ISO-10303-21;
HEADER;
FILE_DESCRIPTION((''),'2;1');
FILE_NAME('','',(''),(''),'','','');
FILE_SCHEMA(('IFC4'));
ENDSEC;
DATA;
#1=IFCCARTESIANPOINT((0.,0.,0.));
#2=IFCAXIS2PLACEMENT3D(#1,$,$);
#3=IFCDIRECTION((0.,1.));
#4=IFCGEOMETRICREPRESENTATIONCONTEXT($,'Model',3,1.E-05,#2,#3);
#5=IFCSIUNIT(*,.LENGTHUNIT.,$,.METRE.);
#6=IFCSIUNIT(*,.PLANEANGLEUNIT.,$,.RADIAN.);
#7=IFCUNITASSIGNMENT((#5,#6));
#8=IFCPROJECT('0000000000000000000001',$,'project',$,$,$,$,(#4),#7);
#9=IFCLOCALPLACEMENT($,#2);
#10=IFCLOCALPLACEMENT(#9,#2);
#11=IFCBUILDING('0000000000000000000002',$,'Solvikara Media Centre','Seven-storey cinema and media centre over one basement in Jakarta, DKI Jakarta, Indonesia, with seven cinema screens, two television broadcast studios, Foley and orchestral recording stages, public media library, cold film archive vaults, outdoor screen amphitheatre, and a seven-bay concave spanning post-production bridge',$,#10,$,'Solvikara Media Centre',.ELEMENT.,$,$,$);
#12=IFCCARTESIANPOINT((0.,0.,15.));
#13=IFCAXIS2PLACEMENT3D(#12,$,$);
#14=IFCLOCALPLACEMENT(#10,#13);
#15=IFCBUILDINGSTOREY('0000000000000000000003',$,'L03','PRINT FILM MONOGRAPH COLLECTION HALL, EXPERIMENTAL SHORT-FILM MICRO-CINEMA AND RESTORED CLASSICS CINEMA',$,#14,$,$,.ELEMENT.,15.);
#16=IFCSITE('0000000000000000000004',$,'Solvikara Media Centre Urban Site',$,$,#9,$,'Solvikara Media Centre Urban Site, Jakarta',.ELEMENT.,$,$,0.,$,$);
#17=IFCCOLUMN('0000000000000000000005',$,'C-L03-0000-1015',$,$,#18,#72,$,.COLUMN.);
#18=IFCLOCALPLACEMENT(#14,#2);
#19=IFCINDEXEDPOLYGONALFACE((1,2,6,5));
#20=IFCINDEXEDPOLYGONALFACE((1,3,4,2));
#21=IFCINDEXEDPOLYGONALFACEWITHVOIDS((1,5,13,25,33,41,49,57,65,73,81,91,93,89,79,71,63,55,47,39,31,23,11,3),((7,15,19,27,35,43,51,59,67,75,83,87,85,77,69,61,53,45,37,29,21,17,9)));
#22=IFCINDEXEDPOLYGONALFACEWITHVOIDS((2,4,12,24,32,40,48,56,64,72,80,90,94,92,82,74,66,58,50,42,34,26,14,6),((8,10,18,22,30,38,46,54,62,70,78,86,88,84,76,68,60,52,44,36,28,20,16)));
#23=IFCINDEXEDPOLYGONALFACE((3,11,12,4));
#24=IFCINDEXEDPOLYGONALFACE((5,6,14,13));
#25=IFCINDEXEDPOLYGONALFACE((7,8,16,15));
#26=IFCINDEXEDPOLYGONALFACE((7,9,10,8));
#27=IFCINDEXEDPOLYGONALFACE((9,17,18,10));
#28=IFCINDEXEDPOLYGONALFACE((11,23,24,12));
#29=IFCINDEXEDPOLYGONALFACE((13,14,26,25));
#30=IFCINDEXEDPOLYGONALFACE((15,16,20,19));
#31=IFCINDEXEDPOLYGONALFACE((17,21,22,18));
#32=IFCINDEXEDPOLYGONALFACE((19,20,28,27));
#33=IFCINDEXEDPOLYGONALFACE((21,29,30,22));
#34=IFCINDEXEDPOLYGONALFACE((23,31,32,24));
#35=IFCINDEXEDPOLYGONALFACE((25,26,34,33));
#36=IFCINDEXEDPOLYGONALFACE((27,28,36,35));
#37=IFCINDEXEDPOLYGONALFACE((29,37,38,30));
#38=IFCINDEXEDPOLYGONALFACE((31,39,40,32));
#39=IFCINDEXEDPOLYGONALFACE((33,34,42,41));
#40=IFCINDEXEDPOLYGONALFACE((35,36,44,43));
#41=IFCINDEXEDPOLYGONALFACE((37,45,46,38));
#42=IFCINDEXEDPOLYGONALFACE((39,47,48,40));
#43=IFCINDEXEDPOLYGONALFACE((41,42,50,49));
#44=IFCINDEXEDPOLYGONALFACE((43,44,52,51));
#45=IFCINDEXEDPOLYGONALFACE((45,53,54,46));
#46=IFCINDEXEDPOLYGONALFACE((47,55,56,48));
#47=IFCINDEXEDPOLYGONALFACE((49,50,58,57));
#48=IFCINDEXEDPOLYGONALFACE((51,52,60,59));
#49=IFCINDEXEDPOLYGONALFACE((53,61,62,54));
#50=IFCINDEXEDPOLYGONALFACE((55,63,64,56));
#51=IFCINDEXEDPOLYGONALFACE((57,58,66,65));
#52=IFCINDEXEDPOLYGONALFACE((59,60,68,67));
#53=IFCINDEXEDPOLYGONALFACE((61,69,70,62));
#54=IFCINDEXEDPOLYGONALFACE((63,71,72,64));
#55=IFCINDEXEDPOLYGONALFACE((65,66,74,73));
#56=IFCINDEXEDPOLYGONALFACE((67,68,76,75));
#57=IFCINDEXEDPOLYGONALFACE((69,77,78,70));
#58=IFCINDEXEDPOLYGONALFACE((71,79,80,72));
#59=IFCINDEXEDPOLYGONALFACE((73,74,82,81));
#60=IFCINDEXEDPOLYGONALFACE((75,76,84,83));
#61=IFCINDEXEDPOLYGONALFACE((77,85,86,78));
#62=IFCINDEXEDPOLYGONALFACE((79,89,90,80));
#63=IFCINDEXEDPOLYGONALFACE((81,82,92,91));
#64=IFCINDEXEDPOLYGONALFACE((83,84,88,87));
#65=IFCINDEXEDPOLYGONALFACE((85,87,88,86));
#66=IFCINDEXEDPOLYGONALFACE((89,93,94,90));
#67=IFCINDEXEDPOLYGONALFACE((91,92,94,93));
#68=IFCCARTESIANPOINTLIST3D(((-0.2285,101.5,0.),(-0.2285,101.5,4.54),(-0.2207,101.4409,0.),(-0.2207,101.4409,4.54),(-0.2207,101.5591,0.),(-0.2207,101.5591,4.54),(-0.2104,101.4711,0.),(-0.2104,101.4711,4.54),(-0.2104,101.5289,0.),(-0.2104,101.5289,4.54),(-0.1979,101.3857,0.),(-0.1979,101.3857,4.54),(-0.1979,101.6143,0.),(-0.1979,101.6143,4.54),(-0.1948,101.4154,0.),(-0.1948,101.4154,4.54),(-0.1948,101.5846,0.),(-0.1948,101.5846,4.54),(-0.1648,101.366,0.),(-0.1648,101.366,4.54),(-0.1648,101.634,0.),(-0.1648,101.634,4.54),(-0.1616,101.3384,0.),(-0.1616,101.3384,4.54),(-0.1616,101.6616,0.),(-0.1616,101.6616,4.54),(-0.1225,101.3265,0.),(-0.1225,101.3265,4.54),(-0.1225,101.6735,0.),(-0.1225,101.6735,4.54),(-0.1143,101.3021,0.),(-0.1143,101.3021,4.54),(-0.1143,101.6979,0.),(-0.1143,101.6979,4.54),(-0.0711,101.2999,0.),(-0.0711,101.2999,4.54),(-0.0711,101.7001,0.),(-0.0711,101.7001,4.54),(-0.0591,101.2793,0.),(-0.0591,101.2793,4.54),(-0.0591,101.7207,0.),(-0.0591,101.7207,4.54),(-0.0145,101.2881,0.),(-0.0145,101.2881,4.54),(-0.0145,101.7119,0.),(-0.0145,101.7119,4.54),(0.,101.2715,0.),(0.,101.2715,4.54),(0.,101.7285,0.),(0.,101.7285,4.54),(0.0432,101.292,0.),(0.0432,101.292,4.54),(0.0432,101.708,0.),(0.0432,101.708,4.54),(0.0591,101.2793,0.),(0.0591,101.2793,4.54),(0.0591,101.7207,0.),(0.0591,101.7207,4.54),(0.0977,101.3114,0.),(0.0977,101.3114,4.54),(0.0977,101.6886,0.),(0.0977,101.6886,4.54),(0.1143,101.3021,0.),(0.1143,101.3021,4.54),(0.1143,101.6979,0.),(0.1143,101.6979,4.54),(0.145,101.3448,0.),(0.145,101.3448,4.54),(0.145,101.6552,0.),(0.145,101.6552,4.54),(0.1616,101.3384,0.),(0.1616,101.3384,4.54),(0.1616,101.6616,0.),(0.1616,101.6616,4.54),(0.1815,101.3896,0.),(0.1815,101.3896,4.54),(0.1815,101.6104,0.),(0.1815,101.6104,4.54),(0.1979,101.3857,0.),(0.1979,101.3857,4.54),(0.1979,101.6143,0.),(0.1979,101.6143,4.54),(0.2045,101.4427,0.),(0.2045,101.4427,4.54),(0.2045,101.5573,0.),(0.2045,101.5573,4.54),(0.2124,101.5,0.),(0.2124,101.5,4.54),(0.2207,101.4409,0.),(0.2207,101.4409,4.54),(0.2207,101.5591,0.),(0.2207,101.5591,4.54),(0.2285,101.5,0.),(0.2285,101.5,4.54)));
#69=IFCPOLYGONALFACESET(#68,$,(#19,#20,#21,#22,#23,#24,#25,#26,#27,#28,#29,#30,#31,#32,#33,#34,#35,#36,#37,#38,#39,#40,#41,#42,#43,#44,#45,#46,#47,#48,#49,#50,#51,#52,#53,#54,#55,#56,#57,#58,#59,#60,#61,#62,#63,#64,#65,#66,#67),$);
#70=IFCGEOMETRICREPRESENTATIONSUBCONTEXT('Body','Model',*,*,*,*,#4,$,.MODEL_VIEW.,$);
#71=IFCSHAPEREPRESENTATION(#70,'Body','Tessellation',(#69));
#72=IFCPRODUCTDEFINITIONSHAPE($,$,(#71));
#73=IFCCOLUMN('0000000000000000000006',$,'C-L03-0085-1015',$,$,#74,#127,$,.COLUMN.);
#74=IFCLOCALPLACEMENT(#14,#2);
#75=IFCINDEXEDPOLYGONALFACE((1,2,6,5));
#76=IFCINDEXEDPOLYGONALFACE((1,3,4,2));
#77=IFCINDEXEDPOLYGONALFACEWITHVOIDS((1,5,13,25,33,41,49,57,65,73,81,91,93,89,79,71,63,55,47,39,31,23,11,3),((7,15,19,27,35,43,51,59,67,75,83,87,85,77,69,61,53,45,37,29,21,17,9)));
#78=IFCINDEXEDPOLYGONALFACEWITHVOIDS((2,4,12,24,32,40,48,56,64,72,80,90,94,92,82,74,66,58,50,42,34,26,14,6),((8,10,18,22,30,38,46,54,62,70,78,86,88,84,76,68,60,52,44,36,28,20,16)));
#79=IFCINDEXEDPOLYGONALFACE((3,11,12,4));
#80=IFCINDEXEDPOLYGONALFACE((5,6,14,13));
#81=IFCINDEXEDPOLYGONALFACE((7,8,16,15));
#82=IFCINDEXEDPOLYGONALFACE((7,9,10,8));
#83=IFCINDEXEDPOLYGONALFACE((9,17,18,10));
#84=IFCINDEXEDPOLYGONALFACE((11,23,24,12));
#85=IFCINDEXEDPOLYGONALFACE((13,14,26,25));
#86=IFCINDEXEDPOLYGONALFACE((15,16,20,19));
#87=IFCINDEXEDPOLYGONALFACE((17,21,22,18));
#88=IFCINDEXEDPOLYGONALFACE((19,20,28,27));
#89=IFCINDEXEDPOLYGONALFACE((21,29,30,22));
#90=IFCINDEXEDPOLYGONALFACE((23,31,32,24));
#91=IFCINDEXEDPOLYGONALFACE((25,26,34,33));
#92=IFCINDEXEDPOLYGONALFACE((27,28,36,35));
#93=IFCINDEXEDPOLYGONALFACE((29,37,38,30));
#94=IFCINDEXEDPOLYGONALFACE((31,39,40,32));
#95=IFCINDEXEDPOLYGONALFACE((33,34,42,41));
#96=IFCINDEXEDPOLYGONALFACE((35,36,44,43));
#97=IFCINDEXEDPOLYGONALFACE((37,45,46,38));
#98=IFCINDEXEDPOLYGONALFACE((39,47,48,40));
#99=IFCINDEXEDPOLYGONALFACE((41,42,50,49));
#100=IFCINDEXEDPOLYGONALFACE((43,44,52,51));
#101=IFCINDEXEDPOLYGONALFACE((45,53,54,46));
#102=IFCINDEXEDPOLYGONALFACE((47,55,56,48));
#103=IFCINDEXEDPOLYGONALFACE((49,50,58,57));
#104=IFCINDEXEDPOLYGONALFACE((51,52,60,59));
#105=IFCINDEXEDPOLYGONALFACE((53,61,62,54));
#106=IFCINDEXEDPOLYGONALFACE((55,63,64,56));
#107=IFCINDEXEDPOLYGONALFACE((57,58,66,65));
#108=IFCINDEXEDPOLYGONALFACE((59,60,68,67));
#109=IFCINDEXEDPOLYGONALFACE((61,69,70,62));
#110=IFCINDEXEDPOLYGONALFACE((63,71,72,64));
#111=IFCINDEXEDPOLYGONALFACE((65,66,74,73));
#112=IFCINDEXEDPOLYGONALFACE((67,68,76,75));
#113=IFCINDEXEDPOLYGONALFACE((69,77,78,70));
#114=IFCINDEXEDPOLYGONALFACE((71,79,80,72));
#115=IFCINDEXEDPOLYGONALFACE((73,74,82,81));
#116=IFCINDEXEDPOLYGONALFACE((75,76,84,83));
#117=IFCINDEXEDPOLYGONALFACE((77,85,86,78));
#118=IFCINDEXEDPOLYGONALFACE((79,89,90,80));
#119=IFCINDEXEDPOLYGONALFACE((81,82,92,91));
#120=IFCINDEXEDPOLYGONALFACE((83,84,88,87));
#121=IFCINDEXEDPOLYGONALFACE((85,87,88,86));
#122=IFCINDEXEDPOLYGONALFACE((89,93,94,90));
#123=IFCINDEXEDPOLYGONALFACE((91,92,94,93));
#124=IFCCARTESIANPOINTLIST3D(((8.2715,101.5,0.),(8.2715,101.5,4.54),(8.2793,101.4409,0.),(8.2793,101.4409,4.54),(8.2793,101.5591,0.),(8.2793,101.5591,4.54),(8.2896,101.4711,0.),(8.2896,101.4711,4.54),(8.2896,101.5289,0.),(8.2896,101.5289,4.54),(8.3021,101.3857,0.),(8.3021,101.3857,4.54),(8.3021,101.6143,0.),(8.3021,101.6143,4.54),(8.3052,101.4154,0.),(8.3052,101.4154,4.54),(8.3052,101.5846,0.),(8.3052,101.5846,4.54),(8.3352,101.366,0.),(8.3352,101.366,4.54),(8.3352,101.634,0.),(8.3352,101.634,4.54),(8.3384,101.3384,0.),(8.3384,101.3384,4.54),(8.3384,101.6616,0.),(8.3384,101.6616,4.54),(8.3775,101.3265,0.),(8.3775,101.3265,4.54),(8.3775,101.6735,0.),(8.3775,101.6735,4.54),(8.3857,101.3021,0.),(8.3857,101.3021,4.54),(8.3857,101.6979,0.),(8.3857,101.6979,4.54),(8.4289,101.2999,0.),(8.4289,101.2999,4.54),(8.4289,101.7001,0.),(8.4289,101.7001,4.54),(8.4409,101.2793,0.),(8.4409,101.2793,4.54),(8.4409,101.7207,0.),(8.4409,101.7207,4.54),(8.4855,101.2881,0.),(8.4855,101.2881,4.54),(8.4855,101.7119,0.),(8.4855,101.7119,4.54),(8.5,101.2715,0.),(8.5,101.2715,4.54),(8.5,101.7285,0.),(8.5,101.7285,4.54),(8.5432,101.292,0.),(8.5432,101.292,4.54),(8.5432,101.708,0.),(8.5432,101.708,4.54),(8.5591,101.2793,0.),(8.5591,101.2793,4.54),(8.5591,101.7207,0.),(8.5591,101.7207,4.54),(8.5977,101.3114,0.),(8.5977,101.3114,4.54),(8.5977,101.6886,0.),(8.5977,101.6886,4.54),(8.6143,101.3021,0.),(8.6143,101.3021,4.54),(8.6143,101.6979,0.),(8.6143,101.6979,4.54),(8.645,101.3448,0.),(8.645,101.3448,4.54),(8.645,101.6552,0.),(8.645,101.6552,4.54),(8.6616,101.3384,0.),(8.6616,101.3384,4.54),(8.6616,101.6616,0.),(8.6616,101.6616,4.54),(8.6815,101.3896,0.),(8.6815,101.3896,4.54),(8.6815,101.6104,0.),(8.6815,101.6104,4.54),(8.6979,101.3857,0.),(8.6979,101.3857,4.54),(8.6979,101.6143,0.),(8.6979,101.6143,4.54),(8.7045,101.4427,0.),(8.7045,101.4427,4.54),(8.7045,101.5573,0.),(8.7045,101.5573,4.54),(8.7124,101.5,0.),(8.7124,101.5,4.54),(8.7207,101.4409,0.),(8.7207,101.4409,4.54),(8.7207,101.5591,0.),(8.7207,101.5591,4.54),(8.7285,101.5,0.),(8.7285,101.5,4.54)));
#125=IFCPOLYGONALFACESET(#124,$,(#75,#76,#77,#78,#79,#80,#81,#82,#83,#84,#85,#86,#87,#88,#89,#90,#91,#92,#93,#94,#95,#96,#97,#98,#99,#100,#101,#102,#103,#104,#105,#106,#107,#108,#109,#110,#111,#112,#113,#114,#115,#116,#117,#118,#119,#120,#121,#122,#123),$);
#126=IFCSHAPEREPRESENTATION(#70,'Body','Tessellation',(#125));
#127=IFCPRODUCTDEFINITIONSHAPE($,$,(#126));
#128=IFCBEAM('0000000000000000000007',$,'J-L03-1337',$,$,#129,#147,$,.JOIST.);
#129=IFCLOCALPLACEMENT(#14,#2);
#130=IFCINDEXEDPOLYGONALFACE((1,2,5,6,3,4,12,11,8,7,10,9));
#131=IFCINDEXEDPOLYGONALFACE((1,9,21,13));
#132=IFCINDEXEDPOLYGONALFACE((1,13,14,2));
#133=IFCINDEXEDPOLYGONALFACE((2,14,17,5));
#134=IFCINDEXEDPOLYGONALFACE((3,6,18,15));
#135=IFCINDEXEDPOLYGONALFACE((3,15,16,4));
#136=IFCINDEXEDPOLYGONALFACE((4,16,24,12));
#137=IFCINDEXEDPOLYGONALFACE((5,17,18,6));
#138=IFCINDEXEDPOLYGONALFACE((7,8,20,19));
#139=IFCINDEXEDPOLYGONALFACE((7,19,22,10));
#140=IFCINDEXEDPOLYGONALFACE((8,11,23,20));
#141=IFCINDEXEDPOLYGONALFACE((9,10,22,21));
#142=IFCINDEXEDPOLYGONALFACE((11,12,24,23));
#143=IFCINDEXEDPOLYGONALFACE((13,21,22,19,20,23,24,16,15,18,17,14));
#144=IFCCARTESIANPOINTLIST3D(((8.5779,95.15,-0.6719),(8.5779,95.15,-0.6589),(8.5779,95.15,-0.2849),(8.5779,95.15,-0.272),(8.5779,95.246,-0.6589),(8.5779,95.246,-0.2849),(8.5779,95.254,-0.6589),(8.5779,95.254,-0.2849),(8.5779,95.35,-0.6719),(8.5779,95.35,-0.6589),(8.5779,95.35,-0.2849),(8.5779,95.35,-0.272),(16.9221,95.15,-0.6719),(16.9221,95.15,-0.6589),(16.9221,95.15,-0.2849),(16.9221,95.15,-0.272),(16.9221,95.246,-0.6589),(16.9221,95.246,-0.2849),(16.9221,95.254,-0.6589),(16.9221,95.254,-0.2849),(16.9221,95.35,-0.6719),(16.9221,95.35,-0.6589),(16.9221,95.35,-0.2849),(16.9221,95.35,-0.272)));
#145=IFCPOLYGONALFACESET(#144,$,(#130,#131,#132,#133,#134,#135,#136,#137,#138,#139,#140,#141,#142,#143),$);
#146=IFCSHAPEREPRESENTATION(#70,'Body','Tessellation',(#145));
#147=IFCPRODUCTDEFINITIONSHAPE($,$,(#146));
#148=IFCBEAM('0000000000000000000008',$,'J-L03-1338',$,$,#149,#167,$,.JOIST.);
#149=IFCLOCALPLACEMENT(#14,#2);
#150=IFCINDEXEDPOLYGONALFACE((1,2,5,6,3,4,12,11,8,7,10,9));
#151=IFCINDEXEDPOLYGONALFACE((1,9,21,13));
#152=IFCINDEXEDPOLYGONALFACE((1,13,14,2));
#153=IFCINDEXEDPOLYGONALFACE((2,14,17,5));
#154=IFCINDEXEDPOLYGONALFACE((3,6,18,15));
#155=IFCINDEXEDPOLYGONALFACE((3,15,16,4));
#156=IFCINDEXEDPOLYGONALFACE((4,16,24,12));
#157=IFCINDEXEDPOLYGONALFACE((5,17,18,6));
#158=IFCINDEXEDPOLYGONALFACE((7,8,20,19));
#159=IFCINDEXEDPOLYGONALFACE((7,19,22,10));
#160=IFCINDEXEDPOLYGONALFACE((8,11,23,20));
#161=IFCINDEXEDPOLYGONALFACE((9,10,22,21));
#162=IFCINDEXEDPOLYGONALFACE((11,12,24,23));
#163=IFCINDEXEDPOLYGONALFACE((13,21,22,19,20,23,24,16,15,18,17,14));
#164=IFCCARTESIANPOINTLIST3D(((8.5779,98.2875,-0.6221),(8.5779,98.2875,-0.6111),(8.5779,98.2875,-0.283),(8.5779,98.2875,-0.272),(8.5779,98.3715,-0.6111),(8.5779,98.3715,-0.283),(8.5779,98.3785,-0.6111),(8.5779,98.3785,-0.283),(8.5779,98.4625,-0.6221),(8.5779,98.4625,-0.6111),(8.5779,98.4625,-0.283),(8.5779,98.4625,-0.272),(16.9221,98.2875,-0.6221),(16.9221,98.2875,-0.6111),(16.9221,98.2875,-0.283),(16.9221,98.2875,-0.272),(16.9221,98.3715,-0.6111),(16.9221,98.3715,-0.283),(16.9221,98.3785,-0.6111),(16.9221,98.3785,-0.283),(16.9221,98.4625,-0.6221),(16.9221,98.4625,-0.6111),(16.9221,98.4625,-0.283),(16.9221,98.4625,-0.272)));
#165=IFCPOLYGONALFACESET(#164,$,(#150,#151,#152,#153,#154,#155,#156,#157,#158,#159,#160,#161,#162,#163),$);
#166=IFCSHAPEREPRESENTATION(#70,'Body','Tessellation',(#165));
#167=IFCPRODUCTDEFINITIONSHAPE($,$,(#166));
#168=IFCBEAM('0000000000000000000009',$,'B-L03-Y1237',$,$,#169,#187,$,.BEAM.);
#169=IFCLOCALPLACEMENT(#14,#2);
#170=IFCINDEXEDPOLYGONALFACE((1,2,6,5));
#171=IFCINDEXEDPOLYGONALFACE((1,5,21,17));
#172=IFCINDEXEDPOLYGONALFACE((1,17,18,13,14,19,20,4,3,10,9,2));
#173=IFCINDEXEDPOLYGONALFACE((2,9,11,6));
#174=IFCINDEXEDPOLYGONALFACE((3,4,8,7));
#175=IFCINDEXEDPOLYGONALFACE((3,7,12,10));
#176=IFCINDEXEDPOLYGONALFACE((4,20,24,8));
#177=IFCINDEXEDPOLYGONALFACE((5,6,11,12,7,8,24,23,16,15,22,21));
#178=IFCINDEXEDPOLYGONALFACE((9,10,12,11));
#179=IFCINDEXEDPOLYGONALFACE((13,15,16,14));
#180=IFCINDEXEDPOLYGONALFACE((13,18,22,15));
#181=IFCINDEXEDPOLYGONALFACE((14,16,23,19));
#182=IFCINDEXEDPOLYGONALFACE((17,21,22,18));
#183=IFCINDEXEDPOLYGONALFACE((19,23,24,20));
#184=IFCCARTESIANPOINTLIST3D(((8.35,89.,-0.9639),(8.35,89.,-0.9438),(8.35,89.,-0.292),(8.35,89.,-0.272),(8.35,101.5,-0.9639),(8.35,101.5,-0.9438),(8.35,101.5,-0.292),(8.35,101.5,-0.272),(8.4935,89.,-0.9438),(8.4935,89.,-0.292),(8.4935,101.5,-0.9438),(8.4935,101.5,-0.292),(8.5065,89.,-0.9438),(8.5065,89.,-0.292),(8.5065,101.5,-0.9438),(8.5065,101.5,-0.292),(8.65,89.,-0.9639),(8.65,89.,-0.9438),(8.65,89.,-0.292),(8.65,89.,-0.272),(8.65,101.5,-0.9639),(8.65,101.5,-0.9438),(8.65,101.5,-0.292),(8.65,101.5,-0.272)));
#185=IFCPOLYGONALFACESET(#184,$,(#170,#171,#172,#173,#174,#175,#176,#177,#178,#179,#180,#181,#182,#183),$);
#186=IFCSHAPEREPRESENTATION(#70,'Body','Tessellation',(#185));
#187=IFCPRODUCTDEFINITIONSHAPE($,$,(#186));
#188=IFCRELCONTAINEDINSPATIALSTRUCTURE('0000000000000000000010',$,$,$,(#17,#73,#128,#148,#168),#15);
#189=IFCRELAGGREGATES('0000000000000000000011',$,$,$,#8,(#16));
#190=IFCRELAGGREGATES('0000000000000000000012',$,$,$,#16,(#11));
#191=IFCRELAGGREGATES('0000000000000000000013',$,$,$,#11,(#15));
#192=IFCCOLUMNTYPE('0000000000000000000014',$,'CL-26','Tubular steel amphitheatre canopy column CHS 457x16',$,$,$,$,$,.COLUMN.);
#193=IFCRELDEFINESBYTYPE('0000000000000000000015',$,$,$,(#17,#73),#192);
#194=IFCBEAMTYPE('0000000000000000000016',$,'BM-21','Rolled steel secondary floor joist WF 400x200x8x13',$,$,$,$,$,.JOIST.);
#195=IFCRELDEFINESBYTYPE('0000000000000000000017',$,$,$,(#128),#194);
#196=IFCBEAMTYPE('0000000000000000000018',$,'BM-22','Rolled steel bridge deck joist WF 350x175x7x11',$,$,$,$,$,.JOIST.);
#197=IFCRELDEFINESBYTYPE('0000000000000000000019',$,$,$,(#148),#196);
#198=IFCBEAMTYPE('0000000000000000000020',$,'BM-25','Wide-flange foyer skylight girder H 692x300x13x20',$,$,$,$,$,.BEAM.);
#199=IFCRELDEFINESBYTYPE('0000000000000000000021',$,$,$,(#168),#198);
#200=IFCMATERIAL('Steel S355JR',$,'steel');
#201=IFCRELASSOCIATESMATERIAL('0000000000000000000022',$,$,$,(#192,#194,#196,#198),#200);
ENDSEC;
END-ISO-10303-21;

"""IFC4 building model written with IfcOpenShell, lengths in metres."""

from ifc_helpers import new_model, si_unit, direction, frame, origin, origin_2d, place, context, subcontext, project, spatial, hollow_circle, i_section, extrude, material, material_profile, profile_set, type_object, element, save


model = new_model("IFC4")

# Units and contexts
model_context = context("Model", 3, precision=1e-05, world=origin(), true_north=direction((0.0, 1.0)))
body_context = subcontext(model_context, "Body", "Model", "MODEL_VIEW")
ifc_project = project(units=[si_unit("LENGTHUNIT", "METRE"), si_unit("PLANEANGLEUNIT", "RADIAN")], contexts=[model_context])

# Site, building, storey
site_placement = place(None, origin())
site = spatial("IfcSite", under=ifc_project, at=site_placement, Name="Solvikara Media Centre Urban Site", LongName="Solvikara Media Centre Urban Site, Jakarta", CompositionType="ELEMENT", RefElevation=0.0)
building_placement = place(site_placement, origin())
building = spatial("IfcBuilding", under=site, at=building_placement, Name="Solvikara Media Centre", Description="Seven-storey cinema and media centre over one basement in Jakarta, DKI Jakarta, Indonesia, with seven cinema screens, two television broadcast studios, Foley and orchestral recording stages, public media library, cold film archive vaults, outdoor screen amphitheatre, and a seven-bay concave spanning post-production bridge", LongName="Solvikara Media Centre", CompositionType="ELEMENT")
storey_placement = place(building_placement, frame((0.0, 0.0, 15.0)))
storey = spatial("IfcBuildingStorey", under=building, at=storey_placement, Name="L03", Description="PRINT FILM MONOGRAPH COLLECTION HALL, EXPERIMENTAL SHORT-FILM MICRO-CINEMA AND RESTORED CLASSICS CINEMA", CompositionType="ELEMENT", Elevation=15.0)

# Columns
ifc_material_1 = material(Name="Steel S355JR", Category="steel")
ifc_material_profile_1 = material_profile(ifc_material_1, hollow_circle(Radius=0.2285, WallThickness=0.0161, at=origin_2d()), Name="CHS 457x16")
ifc_profile_set_1 = profile_set([ifc_material_profile_1], Name="Steel S355JR")
column_type = type_object("IfcColumnType", Name="CL-26", Description="Tubular steel amphitheatre canopy column CHS 457x16", PredefinedType="COLUMN", material=ifc_profile_set_1)
for number, where, z_axis, x_axis, name in (
    (1, (0.0, 101.5, 0.0), (0.0, 0.0, 1.0), (1.0, 0.0, 0.0), "C-L03-0000-1015"),
    (2, (8.5, 101.5, 0.0), (0.0, 0.0, 1.0), (1.0, 0.0, 0.0), "C-L03-0085-1015"),
):
    element("IfcColumn", number, at=place(storey_placement, frame(where, z_axis=z_axis, x_axis=x_axis)), inside=storey, type_object=column_type, Name=name, PredefinedType="COLUMN", context=body_context, shape_type="SweptSolid", body=[
        extrude(hollow_circle(Radius=0.2285, WallThickness=0.0161, at=origin_2d()), origin(), (0.0, 0.0, 1.0), 4.54),
    ])

# Beams
ifc_material_profile_2 = material_profile(ifc_material_1, i_section(OverallWidth=0.2, OverallDepth=0.3999, WebThickness=0.0081, FlangeThickness=0.0129, at=origin_2d()), Name="WF 400x200x8x13")
ifc_profile_set_2 = profile_set([ifc_material_profile_2], Name="Steel S355JR")
beam_type_1 = type_object("IfcBeamType", Name="BM-21", Description="Rolled steel secondary floor joist WF 400x200x8x13", PredefinedType="JOIST", material=ifc_profile_set_2)
beam_1_placement = place(storey_placement, frame((8.5779, 95.25, -0.4719), z_axis=(1.0, 0.0, 0.0), x_axis=(0.0, 1.0, 0.0)))
element("IfcBeam", 3, at=beam_1_placement, inside=storey, type_object=beam_type_1, Name="J-L03-1337", PredefinedType="JOIST", context=body_context, shape_type="SweptSolid", body=[
    extrude(i_section(OverallWidth=0.2, OverallDepth=0.3999, WebThickness=0.0081, FlangeThickness=0.0129, at=origin_2d()), origin(), (0.0, 0.0, 1.0), 8.3442),
])
ifc_material_profile_3 = material_profile(ifc_material_1, i_section(OverallWidth=0.175, OverallDepth=0.3501, WebThickness=0.0071, FlangeThickness=0.011, at=origin_2d()), Name="WF 350x175x7x11")
ifc_profile_set_3 = profile_set([ifc_material_profile_3], Name="Steel S355JR")
beam_type_2 = type_object("IfcBeamType", Name="BM-22", Description="Rolled steel bridge deck joist WF 350x175x7x11", PredefinedType="JOIST", material=ifc_profile_set_3)
beam_2_placement = place(storey_placement, frame((8.5779, 98.375, -0.447), z_axis=(1.0, 0.0, 0.0), x_axis=(0.0, 1.0, 0.0)))
element("IfcBeam", 4, at=beam_2_placement, inside=storey, type_object=beam_type_2, Name="J-L03-1338", PredefinedType="JOIST", context=body_context, shape_type="SweptSolid", body=[
    extrude(i_section(OverallWidth=0.175, OverallDepth=0.3501, WebThickness=0.0071, FlangeThickness=0.011, at=origin_2d()), origin(), (0.0, 0.0, 1.0), 8.3442),
])
ifc_material_profile_4 = material_profile(ifc_material_1, i_section(OverallWidth=0.3, OverallDepth=0.6919, WebThickness=0.0129, FlangeThickness=0.02, at=origin_2d()), Name="H 692x300x13x20")
ifc_profile_set_4 = profile_set([ifc_material_profile_4], Name="Steel S355JR")
beam_type_3 = type_object("IfcBeamType", Name="BM-25", Description="Wide-flange foyer skylight girder H 692x300x13x20", PredefinedType="BEAM", material=ifc_profile_set_4)
beam_3_placement = place(storey_placement, frame((8.5, 89.0, -0.6179), z_axis=(0.0, 1.0, 0.0), x_axis=(-1.0, 0.0, 0.0)))
element("IfcBeam", 5, at=beam_3_placement, inside=storey, type_object=beam_type_3, Name="B-L03-Y1237", PredefinedType="BEAM", context=body_context, shape_type="SweptSolid", body=[
    extrude(i_section(OverallWidth=0.3, OverallDepth=0.6919, WebThickness=0.0129, FlangeThickness=0.02, at=origin_2d()), origin(), (0.0, 0.0, 1.0), 12.5),
])

save(model, "model.ifc")
